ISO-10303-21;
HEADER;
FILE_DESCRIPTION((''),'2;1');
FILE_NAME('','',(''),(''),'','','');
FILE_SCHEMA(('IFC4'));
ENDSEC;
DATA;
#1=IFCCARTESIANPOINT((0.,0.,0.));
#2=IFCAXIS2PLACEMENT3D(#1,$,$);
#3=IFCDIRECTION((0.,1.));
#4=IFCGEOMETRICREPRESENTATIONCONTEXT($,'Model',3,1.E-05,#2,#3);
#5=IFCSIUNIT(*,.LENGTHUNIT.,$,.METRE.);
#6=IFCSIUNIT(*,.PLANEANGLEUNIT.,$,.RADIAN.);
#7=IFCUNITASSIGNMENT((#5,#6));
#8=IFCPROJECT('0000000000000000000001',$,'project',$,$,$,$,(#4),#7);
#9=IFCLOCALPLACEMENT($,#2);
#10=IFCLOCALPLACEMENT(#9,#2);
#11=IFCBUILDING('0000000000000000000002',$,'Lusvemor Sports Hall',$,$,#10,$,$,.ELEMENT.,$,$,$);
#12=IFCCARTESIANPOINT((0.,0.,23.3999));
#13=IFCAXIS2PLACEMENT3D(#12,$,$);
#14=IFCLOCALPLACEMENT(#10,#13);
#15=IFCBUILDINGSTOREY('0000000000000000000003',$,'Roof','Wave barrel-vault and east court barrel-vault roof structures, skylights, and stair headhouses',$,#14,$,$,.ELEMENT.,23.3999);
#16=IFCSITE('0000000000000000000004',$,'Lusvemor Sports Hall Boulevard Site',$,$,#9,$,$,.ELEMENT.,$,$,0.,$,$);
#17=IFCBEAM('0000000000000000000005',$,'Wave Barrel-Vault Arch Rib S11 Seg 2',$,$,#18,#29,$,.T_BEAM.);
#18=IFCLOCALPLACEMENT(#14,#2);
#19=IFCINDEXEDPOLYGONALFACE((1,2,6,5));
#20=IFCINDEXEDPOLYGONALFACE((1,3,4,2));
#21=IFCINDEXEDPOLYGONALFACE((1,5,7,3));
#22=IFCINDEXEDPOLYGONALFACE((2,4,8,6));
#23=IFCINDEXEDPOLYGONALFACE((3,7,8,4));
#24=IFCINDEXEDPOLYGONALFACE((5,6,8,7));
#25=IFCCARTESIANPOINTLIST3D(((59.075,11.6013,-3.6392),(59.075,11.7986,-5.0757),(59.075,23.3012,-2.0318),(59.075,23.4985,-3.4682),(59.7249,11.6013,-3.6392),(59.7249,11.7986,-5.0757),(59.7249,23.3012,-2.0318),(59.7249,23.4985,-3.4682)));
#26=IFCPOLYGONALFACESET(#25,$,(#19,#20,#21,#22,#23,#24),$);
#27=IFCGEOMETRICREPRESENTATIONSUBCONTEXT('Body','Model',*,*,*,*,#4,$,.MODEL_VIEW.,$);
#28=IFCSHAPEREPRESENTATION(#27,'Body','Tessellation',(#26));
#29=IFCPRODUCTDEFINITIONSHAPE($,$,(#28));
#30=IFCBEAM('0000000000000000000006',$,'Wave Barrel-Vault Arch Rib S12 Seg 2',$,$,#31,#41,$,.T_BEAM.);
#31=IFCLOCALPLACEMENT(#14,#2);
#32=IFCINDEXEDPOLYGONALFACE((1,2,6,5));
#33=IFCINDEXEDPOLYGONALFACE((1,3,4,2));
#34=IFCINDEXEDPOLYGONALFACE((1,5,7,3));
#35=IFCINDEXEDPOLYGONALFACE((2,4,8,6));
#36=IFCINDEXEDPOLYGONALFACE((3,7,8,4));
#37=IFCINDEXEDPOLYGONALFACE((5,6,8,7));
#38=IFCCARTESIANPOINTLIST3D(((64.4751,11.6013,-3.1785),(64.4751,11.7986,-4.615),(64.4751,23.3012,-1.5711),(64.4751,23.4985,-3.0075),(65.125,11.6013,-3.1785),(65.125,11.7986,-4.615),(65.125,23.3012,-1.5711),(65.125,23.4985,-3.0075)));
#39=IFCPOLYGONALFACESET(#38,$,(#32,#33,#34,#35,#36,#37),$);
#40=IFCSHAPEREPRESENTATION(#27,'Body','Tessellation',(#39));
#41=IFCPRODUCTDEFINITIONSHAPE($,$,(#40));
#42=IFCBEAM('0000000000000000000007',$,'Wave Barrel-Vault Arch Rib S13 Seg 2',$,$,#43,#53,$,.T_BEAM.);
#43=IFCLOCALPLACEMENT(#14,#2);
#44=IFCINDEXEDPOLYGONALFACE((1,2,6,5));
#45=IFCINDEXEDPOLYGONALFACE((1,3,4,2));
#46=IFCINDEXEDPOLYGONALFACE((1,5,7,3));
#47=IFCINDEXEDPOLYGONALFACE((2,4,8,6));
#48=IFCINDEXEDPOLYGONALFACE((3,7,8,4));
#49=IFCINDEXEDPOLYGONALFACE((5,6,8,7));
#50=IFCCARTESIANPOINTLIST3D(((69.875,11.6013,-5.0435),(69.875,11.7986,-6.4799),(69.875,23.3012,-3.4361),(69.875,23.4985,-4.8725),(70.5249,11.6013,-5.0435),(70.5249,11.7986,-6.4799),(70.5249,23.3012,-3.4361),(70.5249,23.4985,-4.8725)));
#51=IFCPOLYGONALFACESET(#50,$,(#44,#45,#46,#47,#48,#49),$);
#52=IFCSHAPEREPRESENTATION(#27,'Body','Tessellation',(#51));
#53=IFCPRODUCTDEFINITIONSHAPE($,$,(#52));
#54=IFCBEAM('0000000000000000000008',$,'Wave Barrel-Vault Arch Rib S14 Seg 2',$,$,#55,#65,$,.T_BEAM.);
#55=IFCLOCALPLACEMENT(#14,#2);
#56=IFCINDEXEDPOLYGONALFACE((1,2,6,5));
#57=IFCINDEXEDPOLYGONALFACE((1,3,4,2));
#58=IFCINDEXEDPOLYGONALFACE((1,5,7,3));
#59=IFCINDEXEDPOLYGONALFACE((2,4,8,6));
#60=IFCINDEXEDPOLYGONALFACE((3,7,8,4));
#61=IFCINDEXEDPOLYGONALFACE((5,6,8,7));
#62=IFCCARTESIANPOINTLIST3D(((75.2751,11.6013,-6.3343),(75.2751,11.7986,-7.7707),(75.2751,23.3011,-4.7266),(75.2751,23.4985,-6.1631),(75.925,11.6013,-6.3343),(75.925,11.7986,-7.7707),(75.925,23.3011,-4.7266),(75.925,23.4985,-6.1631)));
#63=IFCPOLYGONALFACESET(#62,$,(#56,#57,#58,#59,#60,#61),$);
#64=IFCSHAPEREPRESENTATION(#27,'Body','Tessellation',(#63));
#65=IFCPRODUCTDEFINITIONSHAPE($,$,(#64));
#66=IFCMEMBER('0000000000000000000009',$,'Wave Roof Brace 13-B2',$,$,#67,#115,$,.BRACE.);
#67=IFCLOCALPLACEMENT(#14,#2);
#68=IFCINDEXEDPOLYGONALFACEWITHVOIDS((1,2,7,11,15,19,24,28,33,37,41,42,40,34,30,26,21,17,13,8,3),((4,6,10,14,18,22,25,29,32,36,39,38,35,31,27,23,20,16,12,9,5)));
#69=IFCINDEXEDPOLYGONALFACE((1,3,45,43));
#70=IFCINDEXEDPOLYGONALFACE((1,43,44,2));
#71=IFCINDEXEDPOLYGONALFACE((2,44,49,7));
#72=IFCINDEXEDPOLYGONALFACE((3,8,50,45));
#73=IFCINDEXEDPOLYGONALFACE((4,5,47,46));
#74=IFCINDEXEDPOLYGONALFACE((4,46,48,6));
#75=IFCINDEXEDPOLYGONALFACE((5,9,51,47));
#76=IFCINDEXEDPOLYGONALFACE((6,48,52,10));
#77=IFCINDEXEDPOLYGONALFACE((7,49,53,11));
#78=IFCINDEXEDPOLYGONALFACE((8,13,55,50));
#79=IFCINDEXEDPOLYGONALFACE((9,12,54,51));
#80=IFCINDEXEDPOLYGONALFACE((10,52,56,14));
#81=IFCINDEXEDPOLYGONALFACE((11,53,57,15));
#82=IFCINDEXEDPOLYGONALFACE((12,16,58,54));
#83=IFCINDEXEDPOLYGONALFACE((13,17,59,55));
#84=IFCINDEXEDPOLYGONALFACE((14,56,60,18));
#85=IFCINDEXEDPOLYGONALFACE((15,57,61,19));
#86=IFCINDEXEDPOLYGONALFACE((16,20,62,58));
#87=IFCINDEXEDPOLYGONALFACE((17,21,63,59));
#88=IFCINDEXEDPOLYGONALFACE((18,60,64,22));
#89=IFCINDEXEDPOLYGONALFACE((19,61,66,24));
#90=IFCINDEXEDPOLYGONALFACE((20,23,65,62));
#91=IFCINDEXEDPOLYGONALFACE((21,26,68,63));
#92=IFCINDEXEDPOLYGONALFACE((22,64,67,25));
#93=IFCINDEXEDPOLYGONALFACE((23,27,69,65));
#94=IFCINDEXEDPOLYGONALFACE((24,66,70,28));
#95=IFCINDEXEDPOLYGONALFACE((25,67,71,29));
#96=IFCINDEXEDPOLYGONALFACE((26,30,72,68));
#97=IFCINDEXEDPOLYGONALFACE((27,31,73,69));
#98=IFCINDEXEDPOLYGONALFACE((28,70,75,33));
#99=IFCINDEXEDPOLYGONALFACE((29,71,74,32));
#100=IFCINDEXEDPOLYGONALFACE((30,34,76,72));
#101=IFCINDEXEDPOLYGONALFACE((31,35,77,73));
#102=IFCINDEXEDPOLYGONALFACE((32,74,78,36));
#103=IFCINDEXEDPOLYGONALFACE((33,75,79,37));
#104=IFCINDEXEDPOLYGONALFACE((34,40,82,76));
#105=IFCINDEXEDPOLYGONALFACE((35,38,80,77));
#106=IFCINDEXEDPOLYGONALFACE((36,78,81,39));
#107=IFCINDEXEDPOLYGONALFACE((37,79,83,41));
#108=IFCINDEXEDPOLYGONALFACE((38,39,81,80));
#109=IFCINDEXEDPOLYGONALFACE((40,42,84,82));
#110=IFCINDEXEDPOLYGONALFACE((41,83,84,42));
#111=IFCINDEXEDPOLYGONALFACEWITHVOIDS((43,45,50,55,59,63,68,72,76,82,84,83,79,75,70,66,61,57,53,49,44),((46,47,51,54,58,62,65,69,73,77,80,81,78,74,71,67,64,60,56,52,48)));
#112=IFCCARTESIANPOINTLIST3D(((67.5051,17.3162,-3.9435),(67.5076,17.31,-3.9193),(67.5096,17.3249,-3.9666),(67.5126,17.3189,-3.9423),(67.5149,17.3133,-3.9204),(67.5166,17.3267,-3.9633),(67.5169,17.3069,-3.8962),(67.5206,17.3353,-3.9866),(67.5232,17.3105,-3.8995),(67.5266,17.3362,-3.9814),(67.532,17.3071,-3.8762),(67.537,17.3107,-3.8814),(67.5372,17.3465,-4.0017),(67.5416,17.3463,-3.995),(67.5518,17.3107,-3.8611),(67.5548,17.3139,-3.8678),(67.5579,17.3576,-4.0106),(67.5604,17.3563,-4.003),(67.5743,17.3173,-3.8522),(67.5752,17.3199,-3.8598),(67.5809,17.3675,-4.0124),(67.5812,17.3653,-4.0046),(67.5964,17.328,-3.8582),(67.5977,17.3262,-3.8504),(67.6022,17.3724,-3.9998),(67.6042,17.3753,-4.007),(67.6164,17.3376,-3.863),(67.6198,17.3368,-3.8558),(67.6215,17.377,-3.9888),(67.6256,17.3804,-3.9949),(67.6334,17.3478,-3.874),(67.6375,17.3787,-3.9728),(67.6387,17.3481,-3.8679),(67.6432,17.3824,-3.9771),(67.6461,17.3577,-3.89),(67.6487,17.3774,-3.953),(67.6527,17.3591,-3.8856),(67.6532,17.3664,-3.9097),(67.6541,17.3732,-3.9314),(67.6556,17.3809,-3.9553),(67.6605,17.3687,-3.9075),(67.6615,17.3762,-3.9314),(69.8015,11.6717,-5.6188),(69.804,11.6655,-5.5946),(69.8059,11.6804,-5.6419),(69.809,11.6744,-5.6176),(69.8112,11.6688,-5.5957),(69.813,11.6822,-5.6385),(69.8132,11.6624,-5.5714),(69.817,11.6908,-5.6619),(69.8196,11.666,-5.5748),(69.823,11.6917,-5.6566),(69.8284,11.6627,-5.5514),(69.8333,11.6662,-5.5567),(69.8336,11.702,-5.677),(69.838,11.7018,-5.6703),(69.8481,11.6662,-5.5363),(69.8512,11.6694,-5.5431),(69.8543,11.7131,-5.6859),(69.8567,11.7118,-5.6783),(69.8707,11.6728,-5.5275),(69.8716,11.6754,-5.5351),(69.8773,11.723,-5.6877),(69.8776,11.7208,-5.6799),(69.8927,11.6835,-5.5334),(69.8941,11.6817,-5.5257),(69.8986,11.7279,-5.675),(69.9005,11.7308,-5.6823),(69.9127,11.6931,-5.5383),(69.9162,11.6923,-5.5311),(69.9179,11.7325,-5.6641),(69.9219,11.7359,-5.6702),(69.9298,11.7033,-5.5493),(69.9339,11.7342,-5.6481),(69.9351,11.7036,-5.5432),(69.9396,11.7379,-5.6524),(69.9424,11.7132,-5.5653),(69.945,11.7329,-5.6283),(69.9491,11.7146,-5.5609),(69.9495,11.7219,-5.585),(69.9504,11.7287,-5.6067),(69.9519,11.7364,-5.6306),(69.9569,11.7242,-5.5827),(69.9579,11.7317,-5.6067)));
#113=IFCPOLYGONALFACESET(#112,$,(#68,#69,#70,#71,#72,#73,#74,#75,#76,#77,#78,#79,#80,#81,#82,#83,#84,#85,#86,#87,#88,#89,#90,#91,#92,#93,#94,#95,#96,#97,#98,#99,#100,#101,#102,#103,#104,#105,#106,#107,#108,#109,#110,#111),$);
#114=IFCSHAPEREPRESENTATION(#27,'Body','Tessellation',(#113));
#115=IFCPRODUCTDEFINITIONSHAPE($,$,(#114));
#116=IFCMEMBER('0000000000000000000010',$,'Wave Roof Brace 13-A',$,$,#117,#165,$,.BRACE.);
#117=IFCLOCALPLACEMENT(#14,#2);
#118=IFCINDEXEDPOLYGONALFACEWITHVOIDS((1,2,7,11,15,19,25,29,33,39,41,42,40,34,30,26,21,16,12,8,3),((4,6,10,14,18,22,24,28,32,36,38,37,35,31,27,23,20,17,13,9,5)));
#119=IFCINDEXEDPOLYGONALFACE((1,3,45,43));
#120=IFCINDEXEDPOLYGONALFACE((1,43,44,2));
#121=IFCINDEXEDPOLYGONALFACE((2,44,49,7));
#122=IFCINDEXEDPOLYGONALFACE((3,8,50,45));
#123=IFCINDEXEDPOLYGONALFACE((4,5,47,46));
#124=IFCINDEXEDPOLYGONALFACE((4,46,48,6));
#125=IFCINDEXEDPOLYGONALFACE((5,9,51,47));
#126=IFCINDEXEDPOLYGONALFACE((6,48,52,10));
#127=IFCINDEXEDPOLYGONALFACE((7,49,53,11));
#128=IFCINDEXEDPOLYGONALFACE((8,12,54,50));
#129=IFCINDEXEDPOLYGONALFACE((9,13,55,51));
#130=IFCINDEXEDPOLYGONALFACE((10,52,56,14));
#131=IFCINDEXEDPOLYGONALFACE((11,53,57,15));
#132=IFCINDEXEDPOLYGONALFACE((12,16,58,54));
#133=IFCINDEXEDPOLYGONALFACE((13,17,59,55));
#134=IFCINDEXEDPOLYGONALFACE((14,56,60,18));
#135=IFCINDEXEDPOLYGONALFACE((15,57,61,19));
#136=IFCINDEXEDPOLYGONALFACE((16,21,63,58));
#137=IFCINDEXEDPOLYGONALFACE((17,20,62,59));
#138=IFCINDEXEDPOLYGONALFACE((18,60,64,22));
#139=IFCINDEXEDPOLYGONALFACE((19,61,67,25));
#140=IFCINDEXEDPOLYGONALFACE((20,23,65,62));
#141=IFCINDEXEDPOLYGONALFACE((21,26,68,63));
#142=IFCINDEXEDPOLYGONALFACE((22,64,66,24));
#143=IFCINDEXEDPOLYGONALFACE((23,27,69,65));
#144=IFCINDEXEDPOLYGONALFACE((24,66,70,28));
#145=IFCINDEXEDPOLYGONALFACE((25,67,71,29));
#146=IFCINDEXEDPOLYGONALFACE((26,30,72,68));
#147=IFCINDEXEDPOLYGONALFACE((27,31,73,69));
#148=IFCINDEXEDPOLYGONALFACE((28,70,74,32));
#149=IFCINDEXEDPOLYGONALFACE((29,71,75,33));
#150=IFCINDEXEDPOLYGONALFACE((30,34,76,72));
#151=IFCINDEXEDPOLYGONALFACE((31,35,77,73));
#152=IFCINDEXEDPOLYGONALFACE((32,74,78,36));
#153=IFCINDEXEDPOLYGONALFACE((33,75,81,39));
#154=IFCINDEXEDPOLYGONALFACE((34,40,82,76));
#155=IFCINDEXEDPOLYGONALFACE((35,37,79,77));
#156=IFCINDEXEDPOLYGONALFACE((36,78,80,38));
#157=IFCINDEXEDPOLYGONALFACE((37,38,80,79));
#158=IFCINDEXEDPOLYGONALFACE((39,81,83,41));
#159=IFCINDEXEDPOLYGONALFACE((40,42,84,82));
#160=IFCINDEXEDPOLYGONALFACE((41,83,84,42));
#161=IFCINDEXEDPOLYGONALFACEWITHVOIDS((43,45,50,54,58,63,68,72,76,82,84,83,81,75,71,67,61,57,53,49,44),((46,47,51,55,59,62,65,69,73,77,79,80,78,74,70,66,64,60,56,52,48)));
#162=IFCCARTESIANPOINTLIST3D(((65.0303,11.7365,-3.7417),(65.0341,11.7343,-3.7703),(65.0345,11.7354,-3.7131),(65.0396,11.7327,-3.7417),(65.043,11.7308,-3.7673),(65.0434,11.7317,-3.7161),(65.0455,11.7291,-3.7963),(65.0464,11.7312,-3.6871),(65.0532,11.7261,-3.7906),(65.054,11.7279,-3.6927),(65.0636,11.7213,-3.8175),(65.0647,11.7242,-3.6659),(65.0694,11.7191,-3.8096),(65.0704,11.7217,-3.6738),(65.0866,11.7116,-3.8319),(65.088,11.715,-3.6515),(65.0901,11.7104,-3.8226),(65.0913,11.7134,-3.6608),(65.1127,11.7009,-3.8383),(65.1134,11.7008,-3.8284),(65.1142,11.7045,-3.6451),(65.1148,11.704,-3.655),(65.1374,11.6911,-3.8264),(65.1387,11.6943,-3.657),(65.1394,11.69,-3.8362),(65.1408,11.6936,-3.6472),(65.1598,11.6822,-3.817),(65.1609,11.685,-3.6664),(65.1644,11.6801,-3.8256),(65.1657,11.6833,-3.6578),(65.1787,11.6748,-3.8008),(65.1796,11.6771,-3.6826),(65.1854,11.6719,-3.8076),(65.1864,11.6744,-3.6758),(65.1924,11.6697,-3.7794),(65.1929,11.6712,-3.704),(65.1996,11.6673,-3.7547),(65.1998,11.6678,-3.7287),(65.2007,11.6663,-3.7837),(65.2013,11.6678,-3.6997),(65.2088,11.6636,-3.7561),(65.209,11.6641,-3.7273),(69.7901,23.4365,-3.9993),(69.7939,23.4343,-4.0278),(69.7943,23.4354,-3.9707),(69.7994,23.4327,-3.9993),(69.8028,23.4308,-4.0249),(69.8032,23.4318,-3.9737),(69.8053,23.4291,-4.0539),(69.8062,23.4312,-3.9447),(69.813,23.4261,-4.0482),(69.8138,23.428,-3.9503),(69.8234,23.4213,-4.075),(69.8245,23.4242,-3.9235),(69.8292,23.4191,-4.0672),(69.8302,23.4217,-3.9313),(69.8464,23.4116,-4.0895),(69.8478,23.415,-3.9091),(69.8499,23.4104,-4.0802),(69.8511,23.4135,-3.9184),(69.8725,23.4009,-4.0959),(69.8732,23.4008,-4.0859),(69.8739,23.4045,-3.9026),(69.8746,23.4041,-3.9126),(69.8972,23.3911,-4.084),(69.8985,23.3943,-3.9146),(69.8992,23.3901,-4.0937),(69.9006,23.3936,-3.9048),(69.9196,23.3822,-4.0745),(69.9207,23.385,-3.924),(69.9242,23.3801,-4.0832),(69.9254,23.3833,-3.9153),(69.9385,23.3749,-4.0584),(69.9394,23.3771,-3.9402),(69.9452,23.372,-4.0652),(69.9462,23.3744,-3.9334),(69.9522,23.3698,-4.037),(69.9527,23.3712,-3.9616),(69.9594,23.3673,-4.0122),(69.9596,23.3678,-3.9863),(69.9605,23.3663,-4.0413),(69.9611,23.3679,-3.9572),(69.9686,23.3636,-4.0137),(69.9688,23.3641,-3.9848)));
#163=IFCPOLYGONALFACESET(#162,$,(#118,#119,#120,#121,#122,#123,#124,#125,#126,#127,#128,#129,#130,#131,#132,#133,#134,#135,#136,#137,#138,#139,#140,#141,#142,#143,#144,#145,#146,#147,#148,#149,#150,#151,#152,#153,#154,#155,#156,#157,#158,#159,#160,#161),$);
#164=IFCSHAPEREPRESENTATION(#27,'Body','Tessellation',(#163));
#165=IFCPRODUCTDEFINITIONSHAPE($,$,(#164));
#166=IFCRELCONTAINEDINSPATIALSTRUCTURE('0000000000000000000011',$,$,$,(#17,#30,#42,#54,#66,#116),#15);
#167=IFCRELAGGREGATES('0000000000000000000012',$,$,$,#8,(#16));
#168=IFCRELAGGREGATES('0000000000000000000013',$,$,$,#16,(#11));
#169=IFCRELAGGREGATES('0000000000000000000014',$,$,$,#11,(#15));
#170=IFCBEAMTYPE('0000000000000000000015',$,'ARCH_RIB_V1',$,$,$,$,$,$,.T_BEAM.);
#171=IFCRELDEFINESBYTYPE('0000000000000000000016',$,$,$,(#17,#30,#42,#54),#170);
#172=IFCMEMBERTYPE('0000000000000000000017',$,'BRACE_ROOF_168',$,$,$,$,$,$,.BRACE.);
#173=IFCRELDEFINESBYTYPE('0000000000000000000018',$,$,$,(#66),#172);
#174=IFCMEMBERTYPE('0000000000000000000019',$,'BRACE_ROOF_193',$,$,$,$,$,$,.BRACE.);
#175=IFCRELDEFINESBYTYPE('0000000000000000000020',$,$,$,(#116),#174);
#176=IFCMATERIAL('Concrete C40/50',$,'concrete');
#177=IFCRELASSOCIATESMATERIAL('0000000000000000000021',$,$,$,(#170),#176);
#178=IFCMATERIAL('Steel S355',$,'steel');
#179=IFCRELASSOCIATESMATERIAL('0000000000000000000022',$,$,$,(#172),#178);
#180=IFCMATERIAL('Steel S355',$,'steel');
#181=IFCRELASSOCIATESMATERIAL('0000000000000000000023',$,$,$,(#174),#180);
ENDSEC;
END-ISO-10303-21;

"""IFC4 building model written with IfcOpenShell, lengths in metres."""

from ifc_helpers import new_model, si_unit, direction, frame, origin, origin_2d, place, context, subcontext, project, spatial, rectangle, hollow_circle, extrude, material, material_profile, profile_set, type_object, element, save


model = new_model("IFC4")

# Units and contexts
model_context = context("Model", 3, precision=1e-05, world=origin(), true_north=direction((0.0, 1.0)))
body_context = subcontext(model_context, "Body", "Model", "MODEL_VIEW")
ifc_project = project(units=[si_unit("LENGTHUNIT", "METRE"), si_unit("PLANEANGLEUNIT", "RADIAN")], contexts=[model_context])

# Site, building, storey
site_placement = place(None, origin())
site = spatial("IfcSite", under=ifc_project, at=site_placement, Name="Lusvemor Sports Hall Boulevard Site", CompositionType="ELEMENT", RefElevation=0.0)
building_placement = place(site_placement, origin())
building = spatial("IfcBuilding", under=site, at=building_placement, Name="Lusvemor Sports Hall", CompositionType="ELEMENT")
storey_placement = place(building_placement, frame((0.0, 0.0, 23.3999)))
storey = spatial("IfcBuildingStorey", under=building, at=storey_placement, Name="Roof", Description="Wave barrel-vault and east court barrel-vault roof structures, skylights, and stair headhouses", CompositionType="ELEMENT", Elevation=23.3999)

# Beams
ifc_material_1 = material(Name="Concrete C40/50", Category="concrete")
ifc_material_profile_1 = material_profile(ifc_material_1, rectangle(XDim=0.6499, YDim=1.45, at=origin_2d()), Name="RC650x1450")
ifc_profile_set_1 = profile_set([ifc_material_profile_1], Name="Concrete C40/50")
beam_type = type_object("IfcBeamType", Name="ARCH_RIB_V1", PredefinedType="T_BEAM", material=ifc_profile_set_1)
for number, where, z_axis, x_axis, name in (
    (1, (59.3999, 11.7, -4.3574), (0.0, 0.990694, 0.136109), (-1.0, 0.0, 0.0), "Wave Barrel-Vault Arch Rib S11 Seg 2"),
    (2, (64.8, 11.7, -3.8967), (0.0, 0.990694, 0.136109), (-1.0, 0.0, 0.0), "Wave Barrel-Vault Arch Rib S12 Seg 2"),
    (3, (70.2, 11.7, -5.7617), (0.0, 0.990694, 0.136109), (-1.0, 0.0, 0.0), "Wave Barrel-Vault Arch Rib S13 Seg 2"),
    (4, (75.6001, 11.7, -7.0525), (0.0, 0.990691, 0.136129), (-1.0, 0.0, 0.0), "Wave Barrel-Vault Arch Rib S14 Seg 2"),
):
    element("IfcBeam", number, at=place(storey_placement, frame(where, z_axis=z_axis, x_axis=x_axis)), inside=storey, type_object=beam_type, Name=name, PredefinedType="T_BEAM", context=body_context, shape_type="SweptSolid", body=[
        extrude(rectangle(XDim=0.6499, YDim=1.45, at=origin_2d()), origin(), (0.0, 0.0, 1.0), 11.8098),
    ])

# Members
ifc_material_2 = material(Name="Steel S355", Category="steel")
ifc_material_profile_2 = material_profile(ifc_material_2, hollow_circle(Radius=0.0842, WallThickness=0.0081, at=origin_2d()), Name="CHS168.3x8.0")
ifc_profile_set_2 = profile_set([ifc_material_profile_2], Name="Steel S355")
member_type_1 = type_object("IfcMemberType", Name="BRACE_ROOF_168", PredefinedType="BRACE", material=ifc_profile_set_2)
member_1_placement = place(storey_placement, frame((67.5835, 17.3445, -3.9314), z_axis=(0.36336, -0.893141, -0.265084), x_axis=(0.926278, 0.376841, 0.0)))
element("IfcMember", 5, at=member_1_placement, inside=storey, type_object=member_type_1, Name="Wave Roof Brace 13-B2", PredefinedType="BRACE", context=body_context, shape_type="SweptSolid", body=[
    extrude(hollow_circle(Radius=0.0842, WallThickness=0.0081, at=origin_2d()), origin(), (0.0, 0.0, 1.0), 6.3198),
])
ifc_material_3 = material(Name="Steel S355", Category="steel")
ifc_material_profile_3 = material_profile(ifc_material_3, hollow_circle(Radius=0.0969, WallThickness=0.01, at=origin_2d()), Name="CHS193.7x10.0")
ifc_profile_set_3 = profile_set([ifc_material_profile_3], Name="Steel S355")
member_type_2 = type_object("IfcMemberType", Name="BRACE_ROOF_193", PredefinedType="BRACE", material=ifc_profile_set_3)
member_2_placement = place(storey_placement, frame((65.1201, 11.7, -3.7417), z_axis=(0.376751, 0.92609, -0.020387), x_axis=(-0.926283, 0.37683, 0.0)))
element("IfcMember", 6, at=member_2_placement, inside=storey, type_object=member_type_2, Name="Wave Roof Brace 13-A", PredefinedType="BRACE", context=body_context, shape_type="SweptSolid", body=[
    extrude(hollow_circle(Radius=0.0969, WallThickness=0.01, at=origin_2d()), origin(), (0.0, 0.0, 1.0), 12.6338),
])

save(model, "model.ifc")
